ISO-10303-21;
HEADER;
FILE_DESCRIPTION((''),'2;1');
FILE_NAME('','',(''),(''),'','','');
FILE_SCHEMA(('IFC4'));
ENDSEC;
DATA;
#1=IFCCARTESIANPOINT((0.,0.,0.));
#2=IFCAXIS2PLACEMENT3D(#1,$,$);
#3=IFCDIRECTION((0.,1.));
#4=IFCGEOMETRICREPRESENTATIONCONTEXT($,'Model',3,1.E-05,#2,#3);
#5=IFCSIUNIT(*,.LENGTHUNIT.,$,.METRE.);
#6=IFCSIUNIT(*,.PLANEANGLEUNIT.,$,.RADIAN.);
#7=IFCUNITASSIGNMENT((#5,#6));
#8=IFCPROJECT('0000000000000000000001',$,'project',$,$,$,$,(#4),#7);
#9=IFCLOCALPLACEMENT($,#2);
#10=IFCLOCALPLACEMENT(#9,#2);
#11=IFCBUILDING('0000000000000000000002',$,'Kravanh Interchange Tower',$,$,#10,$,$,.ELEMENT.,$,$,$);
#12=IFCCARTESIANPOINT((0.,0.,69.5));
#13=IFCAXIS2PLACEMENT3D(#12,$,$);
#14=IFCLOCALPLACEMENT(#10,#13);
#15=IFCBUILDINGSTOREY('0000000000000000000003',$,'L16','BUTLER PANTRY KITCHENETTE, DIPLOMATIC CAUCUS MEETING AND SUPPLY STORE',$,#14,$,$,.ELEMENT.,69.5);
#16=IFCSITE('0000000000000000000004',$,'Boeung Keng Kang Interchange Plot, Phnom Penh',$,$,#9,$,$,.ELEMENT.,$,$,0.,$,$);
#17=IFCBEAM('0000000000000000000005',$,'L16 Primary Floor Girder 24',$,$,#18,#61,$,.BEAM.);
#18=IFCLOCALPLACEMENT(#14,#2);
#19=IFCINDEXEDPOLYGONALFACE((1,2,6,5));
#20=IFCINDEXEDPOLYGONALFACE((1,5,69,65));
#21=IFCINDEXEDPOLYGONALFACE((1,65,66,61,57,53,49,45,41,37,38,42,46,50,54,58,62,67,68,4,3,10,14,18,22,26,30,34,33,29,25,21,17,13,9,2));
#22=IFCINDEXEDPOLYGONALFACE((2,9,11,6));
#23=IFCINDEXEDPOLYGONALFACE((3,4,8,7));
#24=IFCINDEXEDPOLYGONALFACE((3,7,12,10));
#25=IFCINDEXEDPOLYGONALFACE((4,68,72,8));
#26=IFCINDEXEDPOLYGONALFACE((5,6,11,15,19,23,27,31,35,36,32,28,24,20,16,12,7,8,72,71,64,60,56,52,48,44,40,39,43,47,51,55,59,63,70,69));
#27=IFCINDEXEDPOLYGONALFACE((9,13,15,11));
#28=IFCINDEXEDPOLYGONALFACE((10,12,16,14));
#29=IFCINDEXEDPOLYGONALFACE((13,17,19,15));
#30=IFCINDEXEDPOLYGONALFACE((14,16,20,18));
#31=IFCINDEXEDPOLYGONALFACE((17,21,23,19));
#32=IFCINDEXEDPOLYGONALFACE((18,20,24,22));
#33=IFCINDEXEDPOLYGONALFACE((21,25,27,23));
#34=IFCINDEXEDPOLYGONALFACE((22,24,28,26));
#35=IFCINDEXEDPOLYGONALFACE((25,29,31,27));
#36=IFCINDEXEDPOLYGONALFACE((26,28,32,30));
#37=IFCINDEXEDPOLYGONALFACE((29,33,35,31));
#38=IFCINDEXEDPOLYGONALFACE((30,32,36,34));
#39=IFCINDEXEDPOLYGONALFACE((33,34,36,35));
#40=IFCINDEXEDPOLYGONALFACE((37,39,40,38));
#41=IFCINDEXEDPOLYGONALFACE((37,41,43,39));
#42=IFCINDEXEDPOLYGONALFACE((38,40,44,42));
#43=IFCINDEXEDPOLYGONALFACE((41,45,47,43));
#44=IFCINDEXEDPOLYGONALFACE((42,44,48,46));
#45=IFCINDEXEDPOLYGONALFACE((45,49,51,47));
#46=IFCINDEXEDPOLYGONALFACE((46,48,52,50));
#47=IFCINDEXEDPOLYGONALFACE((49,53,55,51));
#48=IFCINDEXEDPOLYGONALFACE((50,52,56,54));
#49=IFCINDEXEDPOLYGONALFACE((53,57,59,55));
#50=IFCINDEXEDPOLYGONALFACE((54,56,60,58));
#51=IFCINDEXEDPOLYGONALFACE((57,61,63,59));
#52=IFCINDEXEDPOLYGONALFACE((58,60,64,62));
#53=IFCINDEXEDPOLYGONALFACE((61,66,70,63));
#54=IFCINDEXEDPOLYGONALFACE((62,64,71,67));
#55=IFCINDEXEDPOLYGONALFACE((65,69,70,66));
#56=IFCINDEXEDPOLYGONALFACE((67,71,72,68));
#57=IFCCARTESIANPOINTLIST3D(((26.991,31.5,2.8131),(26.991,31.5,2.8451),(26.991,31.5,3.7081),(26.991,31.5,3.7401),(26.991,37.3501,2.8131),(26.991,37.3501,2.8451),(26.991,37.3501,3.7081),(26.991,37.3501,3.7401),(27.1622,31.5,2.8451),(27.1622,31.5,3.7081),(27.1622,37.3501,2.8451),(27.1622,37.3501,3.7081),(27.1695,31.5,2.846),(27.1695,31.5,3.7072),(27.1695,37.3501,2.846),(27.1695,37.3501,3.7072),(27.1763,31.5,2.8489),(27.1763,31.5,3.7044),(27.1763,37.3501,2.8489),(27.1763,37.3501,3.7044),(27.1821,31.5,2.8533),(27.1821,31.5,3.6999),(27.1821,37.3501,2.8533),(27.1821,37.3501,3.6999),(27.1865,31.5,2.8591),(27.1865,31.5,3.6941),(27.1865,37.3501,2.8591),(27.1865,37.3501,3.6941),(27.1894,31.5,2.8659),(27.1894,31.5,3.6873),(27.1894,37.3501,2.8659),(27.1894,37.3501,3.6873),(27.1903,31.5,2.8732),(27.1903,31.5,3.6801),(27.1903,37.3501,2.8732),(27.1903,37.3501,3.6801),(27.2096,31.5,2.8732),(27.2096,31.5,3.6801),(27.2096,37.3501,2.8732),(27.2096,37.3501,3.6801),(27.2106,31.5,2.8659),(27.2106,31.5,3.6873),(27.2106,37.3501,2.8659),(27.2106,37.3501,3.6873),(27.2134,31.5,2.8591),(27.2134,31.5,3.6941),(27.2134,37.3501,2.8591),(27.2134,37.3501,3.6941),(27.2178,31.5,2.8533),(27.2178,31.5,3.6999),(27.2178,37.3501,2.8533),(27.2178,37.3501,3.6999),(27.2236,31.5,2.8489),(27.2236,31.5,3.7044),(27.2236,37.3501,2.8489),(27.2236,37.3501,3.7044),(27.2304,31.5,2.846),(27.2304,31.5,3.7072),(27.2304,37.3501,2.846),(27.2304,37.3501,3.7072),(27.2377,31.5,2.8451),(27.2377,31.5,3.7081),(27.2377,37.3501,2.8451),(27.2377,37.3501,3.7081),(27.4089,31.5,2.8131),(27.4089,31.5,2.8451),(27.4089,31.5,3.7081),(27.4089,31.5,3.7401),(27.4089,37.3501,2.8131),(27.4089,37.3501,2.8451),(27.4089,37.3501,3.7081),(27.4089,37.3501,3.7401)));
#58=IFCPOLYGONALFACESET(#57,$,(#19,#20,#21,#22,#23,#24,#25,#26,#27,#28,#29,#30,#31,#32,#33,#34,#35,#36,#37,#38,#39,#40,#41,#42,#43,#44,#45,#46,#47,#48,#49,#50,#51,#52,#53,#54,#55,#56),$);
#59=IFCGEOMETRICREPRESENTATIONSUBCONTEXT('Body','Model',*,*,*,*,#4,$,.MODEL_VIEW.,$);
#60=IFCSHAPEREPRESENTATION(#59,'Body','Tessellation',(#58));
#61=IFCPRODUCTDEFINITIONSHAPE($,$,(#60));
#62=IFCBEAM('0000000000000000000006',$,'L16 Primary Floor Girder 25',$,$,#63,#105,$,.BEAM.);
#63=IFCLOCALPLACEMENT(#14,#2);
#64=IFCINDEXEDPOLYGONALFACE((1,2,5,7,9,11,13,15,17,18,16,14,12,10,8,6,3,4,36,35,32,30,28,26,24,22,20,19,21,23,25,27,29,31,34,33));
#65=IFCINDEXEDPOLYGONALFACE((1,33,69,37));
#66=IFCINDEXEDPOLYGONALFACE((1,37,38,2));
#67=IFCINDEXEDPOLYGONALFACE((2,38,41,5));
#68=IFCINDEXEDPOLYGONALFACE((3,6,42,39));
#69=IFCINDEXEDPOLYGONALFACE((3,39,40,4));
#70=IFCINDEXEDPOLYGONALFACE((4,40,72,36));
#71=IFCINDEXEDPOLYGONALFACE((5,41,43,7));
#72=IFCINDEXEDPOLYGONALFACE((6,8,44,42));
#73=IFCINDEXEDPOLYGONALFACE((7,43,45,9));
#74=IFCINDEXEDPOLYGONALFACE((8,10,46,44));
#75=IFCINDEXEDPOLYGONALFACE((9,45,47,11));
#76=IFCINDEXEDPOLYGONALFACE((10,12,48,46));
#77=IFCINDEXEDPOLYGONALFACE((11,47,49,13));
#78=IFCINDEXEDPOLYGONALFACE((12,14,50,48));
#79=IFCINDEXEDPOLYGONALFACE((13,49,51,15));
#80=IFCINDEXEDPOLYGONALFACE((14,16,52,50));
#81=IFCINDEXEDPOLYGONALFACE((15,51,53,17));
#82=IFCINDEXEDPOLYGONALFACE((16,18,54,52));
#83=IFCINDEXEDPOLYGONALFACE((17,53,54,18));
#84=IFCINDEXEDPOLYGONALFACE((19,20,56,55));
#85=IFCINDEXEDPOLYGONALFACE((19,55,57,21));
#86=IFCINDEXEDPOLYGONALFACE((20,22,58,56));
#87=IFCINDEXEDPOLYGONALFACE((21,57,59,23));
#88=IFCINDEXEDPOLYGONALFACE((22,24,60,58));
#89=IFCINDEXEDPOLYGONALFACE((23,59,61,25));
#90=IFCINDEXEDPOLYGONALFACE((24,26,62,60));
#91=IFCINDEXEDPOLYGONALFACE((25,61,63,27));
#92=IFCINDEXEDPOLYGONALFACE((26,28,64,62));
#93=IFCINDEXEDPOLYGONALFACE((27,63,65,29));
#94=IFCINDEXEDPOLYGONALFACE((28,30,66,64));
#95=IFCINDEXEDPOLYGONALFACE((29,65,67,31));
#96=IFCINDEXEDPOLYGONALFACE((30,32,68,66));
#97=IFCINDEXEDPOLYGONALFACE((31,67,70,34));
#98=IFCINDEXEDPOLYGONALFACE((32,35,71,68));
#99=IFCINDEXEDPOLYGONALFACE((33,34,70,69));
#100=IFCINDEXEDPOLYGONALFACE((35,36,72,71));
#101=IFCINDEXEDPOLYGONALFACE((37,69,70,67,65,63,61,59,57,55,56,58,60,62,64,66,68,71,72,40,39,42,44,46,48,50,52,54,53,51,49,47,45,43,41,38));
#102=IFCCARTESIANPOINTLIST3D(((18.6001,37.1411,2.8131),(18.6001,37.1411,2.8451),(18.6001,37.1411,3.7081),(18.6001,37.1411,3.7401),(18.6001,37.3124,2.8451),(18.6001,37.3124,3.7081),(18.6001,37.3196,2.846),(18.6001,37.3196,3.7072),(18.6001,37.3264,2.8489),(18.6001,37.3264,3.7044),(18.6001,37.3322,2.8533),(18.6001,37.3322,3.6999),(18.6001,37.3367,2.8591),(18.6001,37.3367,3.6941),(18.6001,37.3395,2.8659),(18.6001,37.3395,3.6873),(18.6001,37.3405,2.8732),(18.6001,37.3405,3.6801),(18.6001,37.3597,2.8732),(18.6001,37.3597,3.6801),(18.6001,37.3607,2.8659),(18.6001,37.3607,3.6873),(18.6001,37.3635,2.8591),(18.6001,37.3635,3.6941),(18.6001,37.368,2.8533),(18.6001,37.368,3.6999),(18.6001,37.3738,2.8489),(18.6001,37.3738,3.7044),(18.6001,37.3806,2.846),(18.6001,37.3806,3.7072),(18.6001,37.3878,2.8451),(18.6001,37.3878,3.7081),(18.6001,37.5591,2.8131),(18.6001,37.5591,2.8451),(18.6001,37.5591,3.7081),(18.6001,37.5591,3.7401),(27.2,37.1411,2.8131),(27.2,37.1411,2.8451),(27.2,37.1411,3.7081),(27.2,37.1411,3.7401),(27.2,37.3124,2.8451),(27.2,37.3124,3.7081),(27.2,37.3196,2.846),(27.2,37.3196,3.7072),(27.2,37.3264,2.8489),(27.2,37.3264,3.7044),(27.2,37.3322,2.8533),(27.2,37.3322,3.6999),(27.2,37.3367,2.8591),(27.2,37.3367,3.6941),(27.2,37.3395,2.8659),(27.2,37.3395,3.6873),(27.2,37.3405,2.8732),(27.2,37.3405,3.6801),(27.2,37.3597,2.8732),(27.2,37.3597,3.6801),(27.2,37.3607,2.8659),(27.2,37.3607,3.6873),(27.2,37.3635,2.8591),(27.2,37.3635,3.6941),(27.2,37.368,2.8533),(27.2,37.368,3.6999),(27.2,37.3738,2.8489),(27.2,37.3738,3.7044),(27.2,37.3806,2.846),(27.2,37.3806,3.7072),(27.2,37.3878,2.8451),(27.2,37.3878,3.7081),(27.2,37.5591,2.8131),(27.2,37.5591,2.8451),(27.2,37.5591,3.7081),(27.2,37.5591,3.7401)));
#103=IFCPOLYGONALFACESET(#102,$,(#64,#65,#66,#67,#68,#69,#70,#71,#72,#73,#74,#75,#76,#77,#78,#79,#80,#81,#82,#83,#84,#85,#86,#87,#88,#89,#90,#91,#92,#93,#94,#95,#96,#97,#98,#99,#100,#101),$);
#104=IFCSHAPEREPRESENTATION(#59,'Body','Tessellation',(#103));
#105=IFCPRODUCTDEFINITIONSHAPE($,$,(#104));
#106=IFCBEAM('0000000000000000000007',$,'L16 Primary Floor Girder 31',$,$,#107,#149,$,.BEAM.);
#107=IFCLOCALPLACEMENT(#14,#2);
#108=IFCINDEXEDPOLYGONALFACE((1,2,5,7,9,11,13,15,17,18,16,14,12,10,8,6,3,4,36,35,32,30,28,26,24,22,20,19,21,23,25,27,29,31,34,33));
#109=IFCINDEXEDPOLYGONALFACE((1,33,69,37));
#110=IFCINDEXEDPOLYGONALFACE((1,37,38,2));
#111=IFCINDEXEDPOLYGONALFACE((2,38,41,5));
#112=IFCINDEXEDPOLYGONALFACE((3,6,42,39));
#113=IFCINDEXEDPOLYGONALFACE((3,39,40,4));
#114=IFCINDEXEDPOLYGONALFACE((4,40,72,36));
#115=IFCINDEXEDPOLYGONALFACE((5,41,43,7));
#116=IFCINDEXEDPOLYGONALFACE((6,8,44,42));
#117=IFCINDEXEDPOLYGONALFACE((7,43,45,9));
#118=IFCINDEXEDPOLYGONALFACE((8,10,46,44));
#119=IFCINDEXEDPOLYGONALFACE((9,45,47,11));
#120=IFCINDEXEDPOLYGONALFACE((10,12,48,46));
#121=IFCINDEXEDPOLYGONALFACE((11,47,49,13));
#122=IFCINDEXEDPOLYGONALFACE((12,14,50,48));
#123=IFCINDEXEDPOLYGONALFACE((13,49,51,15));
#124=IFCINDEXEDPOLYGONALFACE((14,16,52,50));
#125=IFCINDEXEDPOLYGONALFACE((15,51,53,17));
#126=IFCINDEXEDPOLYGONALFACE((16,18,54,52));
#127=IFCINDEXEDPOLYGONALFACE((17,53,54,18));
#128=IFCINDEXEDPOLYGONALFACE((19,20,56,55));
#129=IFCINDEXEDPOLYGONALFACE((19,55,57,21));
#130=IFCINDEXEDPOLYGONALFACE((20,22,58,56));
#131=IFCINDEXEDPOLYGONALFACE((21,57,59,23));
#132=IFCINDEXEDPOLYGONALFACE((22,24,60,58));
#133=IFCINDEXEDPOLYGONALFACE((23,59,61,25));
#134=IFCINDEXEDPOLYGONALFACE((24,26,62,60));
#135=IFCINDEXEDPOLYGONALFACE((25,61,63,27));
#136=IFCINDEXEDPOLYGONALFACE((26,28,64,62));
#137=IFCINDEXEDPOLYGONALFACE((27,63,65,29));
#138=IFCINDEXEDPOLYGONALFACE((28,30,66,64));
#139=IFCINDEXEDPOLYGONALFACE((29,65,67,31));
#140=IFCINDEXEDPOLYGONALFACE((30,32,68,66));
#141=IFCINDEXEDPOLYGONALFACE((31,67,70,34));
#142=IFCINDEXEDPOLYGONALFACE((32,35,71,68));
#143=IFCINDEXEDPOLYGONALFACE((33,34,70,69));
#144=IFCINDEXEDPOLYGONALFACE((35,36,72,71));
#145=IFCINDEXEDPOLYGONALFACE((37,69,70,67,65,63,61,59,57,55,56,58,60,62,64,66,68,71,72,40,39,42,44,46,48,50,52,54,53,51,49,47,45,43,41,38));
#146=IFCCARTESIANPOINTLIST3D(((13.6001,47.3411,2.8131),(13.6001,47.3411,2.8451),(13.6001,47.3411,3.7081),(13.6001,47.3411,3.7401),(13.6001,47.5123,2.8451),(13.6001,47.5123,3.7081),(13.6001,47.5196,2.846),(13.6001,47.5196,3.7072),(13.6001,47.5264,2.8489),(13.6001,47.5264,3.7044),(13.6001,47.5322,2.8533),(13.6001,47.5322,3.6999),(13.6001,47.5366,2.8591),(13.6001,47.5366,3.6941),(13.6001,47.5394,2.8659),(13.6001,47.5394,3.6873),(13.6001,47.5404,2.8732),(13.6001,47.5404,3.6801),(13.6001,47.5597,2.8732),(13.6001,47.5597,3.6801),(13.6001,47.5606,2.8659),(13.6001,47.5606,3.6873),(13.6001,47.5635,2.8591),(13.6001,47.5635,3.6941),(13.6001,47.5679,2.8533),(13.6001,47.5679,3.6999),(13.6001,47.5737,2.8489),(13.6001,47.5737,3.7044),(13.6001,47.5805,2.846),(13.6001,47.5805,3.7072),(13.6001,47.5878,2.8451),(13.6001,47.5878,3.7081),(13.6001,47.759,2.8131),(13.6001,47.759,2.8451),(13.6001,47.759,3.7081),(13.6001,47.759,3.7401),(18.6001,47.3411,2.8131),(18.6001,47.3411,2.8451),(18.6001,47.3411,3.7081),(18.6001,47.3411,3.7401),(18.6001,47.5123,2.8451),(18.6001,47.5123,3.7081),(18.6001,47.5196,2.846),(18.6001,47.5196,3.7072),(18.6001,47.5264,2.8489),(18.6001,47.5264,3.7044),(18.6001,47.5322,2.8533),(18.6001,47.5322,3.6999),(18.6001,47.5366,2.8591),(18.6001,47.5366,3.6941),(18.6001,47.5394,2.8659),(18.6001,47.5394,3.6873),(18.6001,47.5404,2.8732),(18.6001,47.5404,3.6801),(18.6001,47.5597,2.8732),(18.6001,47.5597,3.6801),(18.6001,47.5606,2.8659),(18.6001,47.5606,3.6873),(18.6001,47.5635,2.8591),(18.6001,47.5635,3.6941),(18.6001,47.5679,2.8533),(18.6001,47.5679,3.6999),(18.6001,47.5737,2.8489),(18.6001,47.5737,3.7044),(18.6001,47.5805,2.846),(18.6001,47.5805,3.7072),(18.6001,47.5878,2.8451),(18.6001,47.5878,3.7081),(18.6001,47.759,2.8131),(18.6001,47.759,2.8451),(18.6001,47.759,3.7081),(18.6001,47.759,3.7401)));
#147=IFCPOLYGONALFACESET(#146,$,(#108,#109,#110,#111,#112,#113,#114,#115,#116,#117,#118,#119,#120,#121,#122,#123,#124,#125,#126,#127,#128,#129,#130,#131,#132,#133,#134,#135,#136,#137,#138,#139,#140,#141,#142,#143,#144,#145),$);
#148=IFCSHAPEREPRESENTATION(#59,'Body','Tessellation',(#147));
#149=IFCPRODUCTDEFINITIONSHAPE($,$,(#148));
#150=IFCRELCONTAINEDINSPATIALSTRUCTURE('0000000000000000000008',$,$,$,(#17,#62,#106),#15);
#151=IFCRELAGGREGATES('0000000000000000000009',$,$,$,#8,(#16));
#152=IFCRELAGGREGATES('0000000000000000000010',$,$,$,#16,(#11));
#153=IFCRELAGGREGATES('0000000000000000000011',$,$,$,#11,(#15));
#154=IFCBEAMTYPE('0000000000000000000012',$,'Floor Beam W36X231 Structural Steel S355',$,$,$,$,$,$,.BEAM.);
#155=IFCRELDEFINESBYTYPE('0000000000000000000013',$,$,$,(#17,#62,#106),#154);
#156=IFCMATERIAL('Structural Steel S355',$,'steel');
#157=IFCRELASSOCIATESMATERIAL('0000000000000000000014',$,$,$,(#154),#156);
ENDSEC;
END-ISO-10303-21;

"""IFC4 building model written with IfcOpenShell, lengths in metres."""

from ifc_helpers import new_model, si_unit, direction, frame, origin, origin_2d, place, context, subcontext, project, spatial, i_section, extrude, material, material_profile, profile_set, type_object, element, save


model = new_model("IFC4")

# Units and contexts
model_context = context("Model", 3, precision=1e-05, world=origin(), true_north=direction((0.0, 1.0)))
body_context = subcontext(model_context, "Body", "Model", "MODEL_VIEW")
ifc_project = project(units=[si_unit("LENGTHUNIT", "METRE"), si_unit("PLANEANGLEUNIT", "RADIAN")], contexts=[model_context])

# Site, building, storey
site_placement = place(None, origin())
site = spatial("IfcSite", under=ifc_project, at=site_placement, Name="Boeung Keng Kang Interchange Plot, Phnom Penh", CompositionType="ELEMENT", RefElevation=0.0)
building_placement = place(site_placement, origin())
building = spatial("IfcBuilding", under=site, at=building_placement, Name="Kravanh Interchange Tower", CompositionType="ELEMENT")
storey_placement = place(building_placement, frame((0.0, 0.0, 69.5)))
storey = spatial("IfcBuildingStorey", under=building, at=storey_placement, Name="L16", Description="BUTLER PANTRY KITCHENETTE, DIPLOMATIC CAUCUS MEETING AND SUPPLY STORE", CompositionType="ELEMENT", Elevation=69.5)

# Beams
ifc_material_1 = material(Name="Structural Steel S355", Category="steel")
ifc_material_profile_1 = material_profile(ifc_material_1, i_section(OverallWidth=0.418, OverallDepth=0.927, WebThickness=0.0193, FlangeThickness=0.032, FilletRadius=0.0281, at=origin_2d()), Name="W36X231")
ifc_profile_set_1 = profile_set([ifc_material_profile_1], Name="Structural Steel S355")
beam_type = type_object("IfcBeamType", Name="Floor Beam W36X231 Structural Steel S355", PredefinedType="BEAM", material=ifc_profile_set_1)
beam_1_placement = place(storey_placement, frame((27.2, 37.3501, 3.2766), z_axis=(0.0, -1.0, 0.0), x_axis=(1.0, 0.0, 0.0)))
element("IfcBeam", 1, at=beam_1_placement, inside=storey, type_object=beam_type, Name="L16 Primary Floor Girder 24", PredefinedType="BEAM", context=body_context, shape_type="SweptSolid", body=[
    extrude(i_section(OverallWidth=0.418, OverallDepth=0.927, WebThickness=0.0193, FlangeThickness=0.032, FilletRadius=0.0281, at=origin_2d()), origin(), (0.0, 0.0, 1.0), 5.8501),
])
beam_2_placement = place(storey_placement, frame((27.2, 37.3501, 3.2766), z_axis=(-1.0, 0.0, 0.0), x_axis=(0.0, -1.0, 0.0)))
element("IfcBeam", 2, at=beam_2_placement, inside=storey, type_object=beam_type, Name="L16 Primary Floor Girder 25", PredefinedType="BEAM", context=body_context, shape_type="SweptSolid", body=[
    extrude(i_section(OverallWidth=0.418, OverallDepth=0.927, WebThickness=0.0193, FlangeThickness=0.032, FilletRadius=0.0281, at=origin_2d()), origin(), (0.0, 0.0, 1.0), 8.5999),
])
beam_3_placement = place(storey_placement, frame((18.6001, 47.55, 3.2766), z_axis=(-1.0, 0.0, 0.0), x_axis=(0.0, -1.0, 0.0)))
element("IfcBeam", 3, at=beam_3_placement, inside=storey, type_object=beam_type, Name="L16 Primary Floor Girder 31", PredefinedType="BEAM", context=body_context, shape_type="SweptSolid", body=[
    extrude(i_section(OverallWidth=0.418, OverallDepth=0.927, WebThickness=0.0193, FlangeThickness=0.032, FilletRadius=0.0281, at=origin_2d()), origin(), (0.0, 0.0, 1.0), 5.0),
])

save(model, "model.ifc")
